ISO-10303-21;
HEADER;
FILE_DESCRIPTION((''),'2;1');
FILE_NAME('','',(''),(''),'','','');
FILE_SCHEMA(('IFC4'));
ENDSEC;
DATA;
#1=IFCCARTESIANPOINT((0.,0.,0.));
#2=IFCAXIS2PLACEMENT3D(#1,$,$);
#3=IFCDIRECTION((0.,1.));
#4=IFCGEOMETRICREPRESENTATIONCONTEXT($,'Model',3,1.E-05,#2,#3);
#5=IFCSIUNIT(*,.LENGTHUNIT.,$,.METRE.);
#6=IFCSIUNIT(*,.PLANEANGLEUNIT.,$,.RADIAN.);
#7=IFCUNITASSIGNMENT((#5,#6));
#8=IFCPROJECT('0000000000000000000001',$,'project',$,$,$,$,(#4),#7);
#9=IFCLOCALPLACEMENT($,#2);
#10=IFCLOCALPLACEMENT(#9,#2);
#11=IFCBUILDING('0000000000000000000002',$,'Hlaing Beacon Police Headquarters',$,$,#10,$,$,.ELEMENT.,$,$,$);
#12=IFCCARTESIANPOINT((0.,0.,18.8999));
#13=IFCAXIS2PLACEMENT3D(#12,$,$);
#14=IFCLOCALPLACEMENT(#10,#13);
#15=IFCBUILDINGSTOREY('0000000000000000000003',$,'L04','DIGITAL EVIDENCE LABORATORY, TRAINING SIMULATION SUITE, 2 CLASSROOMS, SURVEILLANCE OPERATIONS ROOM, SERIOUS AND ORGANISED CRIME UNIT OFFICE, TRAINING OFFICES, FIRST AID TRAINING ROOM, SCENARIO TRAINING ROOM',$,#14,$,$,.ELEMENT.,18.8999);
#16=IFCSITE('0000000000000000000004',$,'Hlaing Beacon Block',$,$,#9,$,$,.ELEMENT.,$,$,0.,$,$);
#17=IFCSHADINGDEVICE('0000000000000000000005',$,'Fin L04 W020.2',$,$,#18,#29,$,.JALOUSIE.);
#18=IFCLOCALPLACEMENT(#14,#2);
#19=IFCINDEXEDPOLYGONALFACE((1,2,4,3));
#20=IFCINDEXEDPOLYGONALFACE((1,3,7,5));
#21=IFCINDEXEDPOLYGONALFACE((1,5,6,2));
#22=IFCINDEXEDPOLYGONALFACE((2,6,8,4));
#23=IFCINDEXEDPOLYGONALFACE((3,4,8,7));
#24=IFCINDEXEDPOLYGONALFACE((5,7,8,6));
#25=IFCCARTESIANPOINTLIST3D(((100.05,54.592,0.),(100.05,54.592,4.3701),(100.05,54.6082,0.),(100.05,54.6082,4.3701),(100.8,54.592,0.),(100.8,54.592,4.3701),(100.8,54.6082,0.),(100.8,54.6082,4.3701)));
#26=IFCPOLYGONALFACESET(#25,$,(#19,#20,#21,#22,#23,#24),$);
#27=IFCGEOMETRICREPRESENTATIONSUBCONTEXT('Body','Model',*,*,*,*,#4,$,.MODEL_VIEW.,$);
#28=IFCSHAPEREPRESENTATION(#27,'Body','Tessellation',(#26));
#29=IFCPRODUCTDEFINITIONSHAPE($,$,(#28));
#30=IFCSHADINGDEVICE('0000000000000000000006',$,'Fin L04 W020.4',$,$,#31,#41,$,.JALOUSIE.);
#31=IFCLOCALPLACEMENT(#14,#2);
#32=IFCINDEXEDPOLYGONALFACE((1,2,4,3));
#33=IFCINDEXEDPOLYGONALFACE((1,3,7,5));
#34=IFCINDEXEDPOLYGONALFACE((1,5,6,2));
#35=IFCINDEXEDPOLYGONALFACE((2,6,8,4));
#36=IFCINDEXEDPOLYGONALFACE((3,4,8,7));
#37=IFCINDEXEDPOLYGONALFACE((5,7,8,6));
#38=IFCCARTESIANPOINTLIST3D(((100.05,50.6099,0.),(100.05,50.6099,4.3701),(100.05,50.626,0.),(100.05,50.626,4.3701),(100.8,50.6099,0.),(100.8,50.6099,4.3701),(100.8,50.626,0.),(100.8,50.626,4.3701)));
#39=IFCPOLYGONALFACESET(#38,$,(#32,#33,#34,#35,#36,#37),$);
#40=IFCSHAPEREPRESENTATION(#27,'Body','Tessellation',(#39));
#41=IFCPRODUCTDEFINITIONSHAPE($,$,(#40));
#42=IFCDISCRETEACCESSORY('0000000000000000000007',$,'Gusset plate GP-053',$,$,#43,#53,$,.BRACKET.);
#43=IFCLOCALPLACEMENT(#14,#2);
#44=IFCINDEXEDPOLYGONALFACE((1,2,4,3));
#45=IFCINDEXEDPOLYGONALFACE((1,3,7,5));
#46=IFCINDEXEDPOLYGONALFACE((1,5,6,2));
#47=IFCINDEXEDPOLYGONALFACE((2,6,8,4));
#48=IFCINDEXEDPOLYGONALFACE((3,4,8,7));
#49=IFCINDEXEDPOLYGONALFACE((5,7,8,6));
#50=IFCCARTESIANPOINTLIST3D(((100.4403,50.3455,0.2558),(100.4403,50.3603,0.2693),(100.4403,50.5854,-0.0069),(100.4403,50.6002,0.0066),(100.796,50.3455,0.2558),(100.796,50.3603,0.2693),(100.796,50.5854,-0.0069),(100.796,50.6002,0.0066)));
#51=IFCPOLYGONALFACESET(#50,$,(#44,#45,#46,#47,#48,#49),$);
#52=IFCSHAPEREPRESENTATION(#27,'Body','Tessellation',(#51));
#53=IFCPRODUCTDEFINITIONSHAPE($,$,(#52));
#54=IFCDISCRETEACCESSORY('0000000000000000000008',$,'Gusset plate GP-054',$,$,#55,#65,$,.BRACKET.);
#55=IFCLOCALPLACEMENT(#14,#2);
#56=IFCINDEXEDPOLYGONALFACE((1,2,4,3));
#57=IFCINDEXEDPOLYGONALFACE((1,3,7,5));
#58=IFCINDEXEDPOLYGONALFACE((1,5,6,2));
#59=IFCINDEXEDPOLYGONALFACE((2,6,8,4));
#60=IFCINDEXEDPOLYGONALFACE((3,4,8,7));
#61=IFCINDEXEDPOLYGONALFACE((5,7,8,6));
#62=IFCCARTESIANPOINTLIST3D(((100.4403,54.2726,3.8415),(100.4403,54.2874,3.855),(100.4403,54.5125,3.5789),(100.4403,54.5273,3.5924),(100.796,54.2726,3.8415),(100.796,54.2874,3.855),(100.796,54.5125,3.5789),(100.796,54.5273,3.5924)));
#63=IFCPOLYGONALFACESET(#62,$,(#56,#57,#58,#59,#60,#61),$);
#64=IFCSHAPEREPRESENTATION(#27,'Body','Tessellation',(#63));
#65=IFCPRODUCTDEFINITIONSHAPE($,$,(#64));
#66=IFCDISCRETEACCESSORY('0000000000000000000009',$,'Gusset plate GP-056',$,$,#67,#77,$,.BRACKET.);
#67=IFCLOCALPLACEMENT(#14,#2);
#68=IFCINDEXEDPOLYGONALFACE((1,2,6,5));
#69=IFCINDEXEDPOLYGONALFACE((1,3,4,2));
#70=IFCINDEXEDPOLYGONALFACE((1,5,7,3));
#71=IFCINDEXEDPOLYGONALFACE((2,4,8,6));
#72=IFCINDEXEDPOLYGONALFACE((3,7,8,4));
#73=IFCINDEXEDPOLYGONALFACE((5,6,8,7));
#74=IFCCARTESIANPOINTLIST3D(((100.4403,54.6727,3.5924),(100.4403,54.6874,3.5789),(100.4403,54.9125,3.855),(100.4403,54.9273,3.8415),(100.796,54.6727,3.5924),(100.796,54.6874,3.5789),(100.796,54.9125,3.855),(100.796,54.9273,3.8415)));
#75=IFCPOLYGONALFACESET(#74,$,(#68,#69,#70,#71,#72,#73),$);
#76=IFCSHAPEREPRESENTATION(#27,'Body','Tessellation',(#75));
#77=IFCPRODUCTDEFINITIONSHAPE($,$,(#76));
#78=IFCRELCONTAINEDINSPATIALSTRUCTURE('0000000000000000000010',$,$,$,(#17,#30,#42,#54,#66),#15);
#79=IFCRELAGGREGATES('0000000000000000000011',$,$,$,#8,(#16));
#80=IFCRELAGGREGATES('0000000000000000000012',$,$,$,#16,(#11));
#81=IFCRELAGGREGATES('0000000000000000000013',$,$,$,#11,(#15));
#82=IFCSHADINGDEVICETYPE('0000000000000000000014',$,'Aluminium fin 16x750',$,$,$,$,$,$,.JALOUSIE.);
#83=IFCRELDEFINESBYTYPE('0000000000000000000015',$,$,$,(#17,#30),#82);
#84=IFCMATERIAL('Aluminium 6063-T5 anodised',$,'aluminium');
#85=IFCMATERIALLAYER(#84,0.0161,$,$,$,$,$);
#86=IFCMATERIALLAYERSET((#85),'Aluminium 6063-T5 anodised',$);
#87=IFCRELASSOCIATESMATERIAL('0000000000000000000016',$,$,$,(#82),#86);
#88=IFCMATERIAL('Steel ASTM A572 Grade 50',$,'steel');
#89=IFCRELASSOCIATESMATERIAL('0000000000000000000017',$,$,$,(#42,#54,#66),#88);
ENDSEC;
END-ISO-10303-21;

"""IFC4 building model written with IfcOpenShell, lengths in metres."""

from ifc_helpers import new_model, si_unit, direction, frame, origin, origin_2d, place, context, subcontext, project, spatial, rectangle, extrude, material, layer, layer_set, type_object, element, save


model = new_model("IFC4")

# Units and contexts
model_context = context("Model", 3, precision=1e-05, world=origin(), true_north=direction((0.0, 1.0)))
body_context = subcontext(model_context, "Body", "Model", "MODEL_VIEW")
ifc_project = project(units=[si_unit("LENGTHUNIT", "METRE"), si_unit("PLANEANGLEUNIT", "RADIAN")], contexts=[model_context])

# Site, building, storey
site_placement = place(None, origin())
site = spatial("IfcSite", under=ifc_project, at=site_placement, Name="Hlaing Beacon Block", CompositionType="ELEMENT", RefElevation=0.0)
building_placement = place(site_placement, origin())
building = spatial("IfcBuilding", under=site, at=building_placement, Name="Hlaing Beacon Police Headquarters", CompositionType="ELEMENT")
storey_placement = place(building_placement, frame((0.0, 0.0, 18.8999)))
storey = spatial("IfcBuildingStorey", under=building, at=storey_placement, Name="L04", Description="DIGITAL EVIDENCE LABORATORY, TRAINING SIMULATION SUITE, 2 CLASSROOMS, SURVEILLANCE OPERATIONS ROOM, SERIOUS AND ORGANISED CRIME UNIT OFFICE, TRAINING OFFICES, FIRST AID TRAINING ROOM, SCENARIO TRAINING ROOM", CompositionType="ELEMENT", Elevation=18.8999)

# Shading devices
ifc_material_1 = material(Name="Aluminium 6063-T5 anodised", Category="aluminium")
ifc_layer_1 = layer(ifc_material_1, 0.0161)
ifc_layer_set_1 = layer_set([ifc_layer_1], Name="Aluminium 6063-T5 anodised")
shading_device_type = type_object("IfcShadingDeviceType", Name="Aluminium fin 16x750", PredefinedType="JALOUSIE", material=ifc_layer_set_1)
for number, where, z_axis, x_axis, name in (
    (1, (100.425, 54.6001, 0.0), (0.0, 0.0, 1.0), (0.0, -1.0, 0.0), "Fin L04 W020.2"),
    (2, (100.425, 50.6179, 0.0), (0.0, 0.0, 1.0), (0.0, -1.0, 0.0), "Fin L04 W020.4"),
):
    element("IfcShadingDevice", number, at=place(storey_placement, frame(where, z_axis=z_axis, x_axis=x_axis)), inside=storey, type_object=shading_device_type, Name=name, PredefinedType="JALOUSIE", context=body_context, shape_type="SweptSolid", body=[
        extrude(rectangle(XDim=0.0161, YDim=0.75, at=origin_2d()), origin(), (0.0, 0.0, 1.0), 4.3701),
    ])

# Discrete accessories
ifc_material_2 = material(Name="Steel ASTM A572 Grade 50", Category="steel")
for number, where, z_axis, x_axis, name in (
    (3, (100.6182, 50.4802, 0.1379), (0.0, -0.738447, -0.674312), (1.0, 0.0, 0.0), "Gusset plate GP-053"),
    (4, (100.6182, 54.3926, 3.7102), (0.0, 0.738447, 0.674312), (-1.0, 0.0, 0.0), "Gusset plate GP-054"),
    (5, (100.6182, 54.8074, 3.7102), (0.0, -0.738447, 0.674312), (1.0, 0.0, 0.0), "Gusset plate GP-056"),
):
    element("IfcDiscreteAccessory", number, at=place(storey_placement, frame(where, z_axis=z_axis, x_axis=x_axis)), inside=storey, material=ifc_material_2, Name=name, PredefinedType="BRACKET", context=body_context, shape_type="SweptSolid", body=[
        extrude(rectangle(XDim=0.3557, YDim=0.3557, at=origin_2d()), origin(), (0.0, 0.0, 1.0), 0.02),
    ])

save(model, "model.ifc")
